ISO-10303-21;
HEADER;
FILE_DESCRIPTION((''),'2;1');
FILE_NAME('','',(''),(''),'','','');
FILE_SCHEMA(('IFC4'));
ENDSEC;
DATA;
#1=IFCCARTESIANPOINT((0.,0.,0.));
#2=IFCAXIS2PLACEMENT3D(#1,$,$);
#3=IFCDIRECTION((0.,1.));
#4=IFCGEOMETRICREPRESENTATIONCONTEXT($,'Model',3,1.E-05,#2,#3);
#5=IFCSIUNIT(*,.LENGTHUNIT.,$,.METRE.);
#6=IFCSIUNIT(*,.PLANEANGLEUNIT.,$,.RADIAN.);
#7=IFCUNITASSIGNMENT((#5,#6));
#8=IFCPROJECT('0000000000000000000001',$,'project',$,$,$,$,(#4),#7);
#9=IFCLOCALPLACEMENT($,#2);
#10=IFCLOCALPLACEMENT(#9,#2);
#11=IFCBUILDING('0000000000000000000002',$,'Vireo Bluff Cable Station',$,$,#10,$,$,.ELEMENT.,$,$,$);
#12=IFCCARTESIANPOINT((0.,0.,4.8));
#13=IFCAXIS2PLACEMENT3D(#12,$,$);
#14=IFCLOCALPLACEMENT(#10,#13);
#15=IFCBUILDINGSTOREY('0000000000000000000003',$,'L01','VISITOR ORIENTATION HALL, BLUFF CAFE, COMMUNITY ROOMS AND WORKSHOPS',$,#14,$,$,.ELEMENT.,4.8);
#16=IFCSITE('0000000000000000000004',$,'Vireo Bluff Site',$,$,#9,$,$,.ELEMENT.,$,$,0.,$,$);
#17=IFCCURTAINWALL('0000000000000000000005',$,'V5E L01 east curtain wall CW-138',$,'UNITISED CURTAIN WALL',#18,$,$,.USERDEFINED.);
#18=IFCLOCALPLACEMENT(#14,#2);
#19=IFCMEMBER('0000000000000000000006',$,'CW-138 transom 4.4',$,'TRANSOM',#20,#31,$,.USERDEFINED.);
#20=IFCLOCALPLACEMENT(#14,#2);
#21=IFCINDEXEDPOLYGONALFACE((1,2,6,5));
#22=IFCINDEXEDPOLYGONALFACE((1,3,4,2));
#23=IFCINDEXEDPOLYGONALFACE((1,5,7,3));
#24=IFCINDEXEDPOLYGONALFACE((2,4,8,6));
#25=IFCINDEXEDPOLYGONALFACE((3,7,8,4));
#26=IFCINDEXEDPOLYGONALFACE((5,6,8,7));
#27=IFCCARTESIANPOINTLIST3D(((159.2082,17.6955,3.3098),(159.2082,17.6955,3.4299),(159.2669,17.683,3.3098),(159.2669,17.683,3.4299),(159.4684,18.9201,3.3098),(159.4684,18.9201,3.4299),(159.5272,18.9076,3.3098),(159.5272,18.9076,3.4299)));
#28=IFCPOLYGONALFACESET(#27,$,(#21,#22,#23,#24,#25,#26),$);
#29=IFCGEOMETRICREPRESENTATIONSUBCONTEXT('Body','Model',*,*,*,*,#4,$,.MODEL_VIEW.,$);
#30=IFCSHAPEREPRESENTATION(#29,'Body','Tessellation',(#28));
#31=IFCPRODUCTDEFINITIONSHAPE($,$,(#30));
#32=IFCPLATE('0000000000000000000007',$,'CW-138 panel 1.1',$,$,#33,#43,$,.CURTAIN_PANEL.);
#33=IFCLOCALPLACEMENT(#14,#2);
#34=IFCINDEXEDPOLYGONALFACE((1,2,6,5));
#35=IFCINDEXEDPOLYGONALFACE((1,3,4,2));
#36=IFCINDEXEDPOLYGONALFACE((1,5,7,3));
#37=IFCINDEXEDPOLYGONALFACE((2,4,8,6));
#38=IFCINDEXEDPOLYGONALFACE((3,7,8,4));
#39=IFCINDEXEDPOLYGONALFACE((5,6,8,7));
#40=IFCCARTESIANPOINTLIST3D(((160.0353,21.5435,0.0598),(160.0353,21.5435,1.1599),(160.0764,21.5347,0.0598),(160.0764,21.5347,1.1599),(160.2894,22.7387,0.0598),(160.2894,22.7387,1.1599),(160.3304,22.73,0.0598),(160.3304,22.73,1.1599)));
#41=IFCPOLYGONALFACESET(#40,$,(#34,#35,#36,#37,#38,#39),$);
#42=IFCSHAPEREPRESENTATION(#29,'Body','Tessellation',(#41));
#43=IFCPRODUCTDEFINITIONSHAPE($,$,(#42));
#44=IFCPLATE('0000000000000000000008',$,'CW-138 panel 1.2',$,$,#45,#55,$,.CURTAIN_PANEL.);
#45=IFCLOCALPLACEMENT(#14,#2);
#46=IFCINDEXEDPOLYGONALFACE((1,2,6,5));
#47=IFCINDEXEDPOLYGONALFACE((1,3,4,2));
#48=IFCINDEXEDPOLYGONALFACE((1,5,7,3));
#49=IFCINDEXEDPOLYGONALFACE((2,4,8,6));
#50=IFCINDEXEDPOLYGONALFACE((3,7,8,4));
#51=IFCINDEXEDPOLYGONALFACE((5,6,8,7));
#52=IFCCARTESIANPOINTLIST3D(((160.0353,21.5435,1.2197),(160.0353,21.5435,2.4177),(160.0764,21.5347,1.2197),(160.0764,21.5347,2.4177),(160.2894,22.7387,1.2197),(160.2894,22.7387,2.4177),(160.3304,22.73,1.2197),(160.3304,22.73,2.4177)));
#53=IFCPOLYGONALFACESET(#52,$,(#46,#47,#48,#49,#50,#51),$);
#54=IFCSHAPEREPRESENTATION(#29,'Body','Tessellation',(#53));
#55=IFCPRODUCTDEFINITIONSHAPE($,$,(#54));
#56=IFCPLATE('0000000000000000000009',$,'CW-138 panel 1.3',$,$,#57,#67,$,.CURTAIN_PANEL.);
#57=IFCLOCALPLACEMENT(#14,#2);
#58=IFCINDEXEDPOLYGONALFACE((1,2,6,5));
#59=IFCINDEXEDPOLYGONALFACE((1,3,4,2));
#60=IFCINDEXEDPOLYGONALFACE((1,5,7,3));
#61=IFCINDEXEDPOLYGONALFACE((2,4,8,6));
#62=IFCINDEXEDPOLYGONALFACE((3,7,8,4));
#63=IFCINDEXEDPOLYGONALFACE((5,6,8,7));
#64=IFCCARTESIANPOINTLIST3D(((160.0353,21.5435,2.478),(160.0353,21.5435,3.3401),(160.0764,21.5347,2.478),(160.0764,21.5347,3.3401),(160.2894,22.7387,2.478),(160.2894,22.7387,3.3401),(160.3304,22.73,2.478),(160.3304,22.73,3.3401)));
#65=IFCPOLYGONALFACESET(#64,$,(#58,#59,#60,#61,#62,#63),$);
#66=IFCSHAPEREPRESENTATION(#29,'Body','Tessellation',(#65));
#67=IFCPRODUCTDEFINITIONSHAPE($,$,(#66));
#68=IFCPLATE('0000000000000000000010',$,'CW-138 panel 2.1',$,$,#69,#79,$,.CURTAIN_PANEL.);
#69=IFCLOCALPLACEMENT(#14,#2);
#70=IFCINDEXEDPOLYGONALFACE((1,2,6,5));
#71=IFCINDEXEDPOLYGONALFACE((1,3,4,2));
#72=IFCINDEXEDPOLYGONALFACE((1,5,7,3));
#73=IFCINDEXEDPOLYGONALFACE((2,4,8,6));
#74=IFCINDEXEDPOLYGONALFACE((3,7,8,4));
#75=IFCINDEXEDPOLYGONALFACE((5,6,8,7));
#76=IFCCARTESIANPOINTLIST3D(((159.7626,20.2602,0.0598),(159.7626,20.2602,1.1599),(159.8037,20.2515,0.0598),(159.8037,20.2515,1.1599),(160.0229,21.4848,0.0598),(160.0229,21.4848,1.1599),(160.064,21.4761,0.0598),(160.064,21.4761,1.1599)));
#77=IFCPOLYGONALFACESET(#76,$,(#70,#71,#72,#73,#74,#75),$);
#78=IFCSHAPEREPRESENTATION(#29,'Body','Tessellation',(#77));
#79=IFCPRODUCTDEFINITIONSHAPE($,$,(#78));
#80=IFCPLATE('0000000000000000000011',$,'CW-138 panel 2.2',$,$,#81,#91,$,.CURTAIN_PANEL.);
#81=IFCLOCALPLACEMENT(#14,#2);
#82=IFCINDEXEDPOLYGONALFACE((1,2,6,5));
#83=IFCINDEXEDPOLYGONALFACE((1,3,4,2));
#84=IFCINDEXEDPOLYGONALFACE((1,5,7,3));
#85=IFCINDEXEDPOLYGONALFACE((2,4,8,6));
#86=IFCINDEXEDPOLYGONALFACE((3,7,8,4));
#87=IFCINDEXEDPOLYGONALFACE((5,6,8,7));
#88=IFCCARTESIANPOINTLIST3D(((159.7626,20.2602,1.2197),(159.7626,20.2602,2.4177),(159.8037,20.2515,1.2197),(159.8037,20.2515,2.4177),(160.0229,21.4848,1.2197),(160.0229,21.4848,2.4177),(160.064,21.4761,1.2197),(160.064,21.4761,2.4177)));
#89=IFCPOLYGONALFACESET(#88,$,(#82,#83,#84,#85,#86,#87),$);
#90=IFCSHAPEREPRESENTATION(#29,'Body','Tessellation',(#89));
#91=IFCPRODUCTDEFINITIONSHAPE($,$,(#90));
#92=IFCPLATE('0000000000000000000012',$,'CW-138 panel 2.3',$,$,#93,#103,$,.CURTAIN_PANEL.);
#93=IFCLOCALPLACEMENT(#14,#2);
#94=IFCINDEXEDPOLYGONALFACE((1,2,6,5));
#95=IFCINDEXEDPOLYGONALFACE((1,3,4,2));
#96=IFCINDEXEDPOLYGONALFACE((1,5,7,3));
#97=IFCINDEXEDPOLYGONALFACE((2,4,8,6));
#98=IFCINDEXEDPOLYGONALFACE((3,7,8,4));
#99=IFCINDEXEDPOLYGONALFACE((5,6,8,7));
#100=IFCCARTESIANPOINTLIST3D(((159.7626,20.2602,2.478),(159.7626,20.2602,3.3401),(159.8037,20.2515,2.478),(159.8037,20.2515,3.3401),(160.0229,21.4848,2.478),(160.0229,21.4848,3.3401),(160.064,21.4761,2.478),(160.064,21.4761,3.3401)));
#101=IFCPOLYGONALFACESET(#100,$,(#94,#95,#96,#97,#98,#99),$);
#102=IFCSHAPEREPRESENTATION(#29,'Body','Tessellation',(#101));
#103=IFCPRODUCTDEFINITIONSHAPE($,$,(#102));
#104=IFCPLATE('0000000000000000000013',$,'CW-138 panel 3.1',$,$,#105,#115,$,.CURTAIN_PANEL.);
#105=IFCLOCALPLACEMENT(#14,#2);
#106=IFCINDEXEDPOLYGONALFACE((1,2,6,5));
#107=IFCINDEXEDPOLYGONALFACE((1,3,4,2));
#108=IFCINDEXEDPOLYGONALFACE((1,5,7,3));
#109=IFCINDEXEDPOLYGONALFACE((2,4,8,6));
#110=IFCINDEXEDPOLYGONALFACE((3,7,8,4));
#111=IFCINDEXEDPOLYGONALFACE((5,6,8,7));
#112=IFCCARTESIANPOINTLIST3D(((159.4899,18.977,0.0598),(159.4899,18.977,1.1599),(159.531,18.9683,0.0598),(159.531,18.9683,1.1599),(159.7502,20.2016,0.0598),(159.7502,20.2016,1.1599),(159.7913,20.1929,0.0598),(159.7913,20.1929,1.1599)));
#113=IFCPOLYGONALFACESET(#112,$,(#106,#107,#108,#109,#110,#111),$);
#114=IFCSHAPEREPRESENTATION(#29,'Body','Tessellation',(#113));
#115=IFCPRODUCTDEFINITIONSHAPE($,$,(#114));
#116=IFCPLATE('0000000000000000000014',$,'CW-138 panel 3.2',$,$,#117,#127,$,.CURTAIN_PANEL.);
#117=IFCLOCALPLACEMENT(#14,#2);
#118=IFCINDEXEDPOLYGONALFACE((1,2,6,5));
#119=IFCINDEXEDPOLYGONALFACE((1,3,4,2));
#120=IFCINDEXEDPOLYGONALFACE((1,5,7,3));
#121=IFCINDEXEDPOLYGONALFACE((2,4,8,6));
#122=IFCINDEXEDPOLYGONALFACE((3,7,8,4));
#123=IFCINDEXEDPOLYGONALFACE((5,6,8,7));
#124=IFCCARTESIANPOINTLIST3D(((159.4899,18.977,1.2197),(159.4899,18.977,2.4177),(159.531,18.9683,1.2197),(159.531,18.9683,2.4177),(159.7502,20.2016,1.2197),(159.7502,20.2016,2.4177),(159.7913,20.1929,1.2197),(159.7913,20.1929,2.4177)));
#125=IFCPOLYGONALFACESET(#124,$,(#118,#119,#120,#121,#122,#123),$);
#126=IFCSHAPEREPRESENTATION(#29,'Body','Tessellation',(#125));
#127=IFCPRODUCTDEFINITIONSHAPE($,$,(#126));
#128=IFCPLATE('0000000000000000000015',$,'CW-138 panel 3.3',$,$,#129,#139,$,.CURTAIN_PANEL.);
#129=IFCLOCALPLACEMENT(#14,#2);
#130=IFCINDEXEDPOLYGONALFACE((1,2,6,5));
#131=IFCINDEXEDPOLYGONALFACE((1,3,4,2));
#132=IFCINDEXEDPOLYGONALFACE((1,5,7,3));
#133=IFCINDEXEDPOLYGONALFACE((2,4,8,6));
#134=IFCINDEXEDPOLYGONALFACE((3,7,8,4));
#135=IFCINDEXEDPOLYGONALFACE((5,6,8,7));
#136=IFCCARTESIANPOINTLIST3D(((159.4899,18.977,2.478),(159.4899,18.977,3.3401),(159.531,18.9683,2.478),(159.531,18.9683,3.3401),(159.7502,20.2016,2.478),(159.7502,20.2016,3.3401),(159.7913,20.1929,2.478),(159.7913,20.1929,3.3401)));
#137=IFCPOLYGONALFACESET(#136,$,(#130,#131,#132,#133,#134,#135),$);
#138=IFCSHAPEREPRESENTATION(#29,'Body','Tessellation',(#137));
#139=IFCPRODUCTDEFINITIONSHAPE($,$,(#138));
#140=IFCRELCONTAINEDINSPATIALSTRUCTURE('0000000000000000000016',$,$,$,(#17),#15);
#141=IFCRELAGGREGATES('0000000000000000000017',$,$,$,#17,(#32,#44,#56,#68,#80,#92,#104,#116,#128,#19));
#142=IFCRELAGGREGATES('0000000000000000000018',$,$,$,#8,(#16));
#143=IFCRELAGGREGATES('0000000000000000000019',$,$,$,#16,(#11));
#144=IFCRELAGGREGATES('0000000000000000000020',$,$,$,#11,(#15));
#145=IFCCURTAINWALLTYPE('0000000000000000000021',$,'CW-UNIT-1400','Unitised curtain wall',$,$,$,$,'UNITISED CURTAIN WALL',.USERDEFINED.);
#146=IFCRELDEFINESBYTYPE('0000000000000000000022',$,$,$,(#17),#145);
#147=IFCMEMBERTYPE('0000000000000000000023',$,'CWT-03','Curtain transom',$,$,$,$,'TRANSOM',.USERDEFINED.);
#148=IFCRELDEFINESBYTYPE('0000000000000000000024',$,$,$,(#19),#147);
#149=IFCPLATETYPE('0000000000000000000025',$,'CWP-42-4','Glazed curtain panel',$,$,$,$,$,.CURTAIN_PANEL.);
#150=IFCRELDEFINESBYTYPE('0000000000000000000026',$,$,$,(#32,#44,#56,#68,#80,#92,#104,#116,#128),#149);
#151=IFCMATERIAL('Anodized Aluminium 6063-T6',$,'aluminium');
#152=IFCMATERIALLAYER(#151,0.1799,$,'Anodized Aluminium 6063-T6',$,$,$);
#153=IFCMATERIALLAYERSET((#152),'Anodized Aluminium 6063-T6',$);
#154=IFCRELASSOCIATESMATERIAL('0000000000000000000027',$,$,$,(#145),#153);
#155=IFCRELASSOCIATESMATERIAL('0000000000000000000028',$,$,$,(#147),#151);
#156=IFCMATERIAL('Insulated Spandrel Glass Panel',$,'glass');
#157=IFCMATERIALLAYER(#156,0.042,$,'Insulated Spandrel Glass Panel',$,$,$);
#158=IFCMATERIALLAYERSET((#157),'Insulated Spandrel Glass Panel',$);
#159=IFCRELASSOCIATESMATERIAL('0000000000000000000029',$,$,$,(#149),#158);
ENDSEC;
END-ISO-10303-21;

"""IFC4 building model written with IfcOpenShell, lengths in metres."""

from ifc_helpers import new_model, si_unit, direction, frame, origin, origin_2d, place, context, subcontext, project, spatial, rectangle, extrude, material, layer, layer_set, material_profile, profile_set, type_object, element, aggregate, save


model = new_model("IFC4")

# Units and contexts
model_context = context("Model", 3, precision=1e-05, world=origin(), true_north=direction((0.0, 1.0)))
body_context = subcontext(model_context, "Body", "Model", "MODEL_VIEW")
ifc_project = project(units=[si_unit("LENGTHUNIT", "METRE"), si_unit("PLANEANGLEUNIT", "RADIAN")], contexts=[model_context])

# Site, building, storey
site_placement = place(None, origin())
site = spatial("IfcSite", under=ifc_project, at=site_placement, Name="Vireo Bluff Site", CompositionType="ELEMENT", RefElevation=0.0)
building_placement = place(site_placement, origin())
building = spatial("IfcBuilding", under=site, at=building_placement, Name="Vireo Bluff Cable Station", CompositionType="ELEMENT")
storey_placement = place(building_placement, frame((0.0, 0.0, 4.8)))
storey = spatial("IfcBuildingStorey", under=building, at=storey_placement, Name="L01", Description="VISITOR ORIENTATION HALL, BLUFF CAFE, COMMUNITY ROOMS AND WORKSHOPS", CompositionType="ELEMENT", Elevation=4.8)

# Curtain wall, member, plates
ifc_material_1 = material(Name="Anodized Aluminium 6063-T6", Category="aluminium")
ifc_layer_1 = layer(ifc_material_1, 0.1799, Name="Anodized Aluminium 6063-T6")
ifc_layer_set_1 = layer_set([ifc_layer_1], Name="Anodized Aluminium 6063-T6")
curtain_wall_type = type_object("IfcCurtainWallType", Name="CW-UNIT-1400", Description="Unitised curtain wall", ElementType="UNITISED CURTAIN WALL", PredefinedType="USERDEFINED", material=ifc_layer_set_1)
curtain_wall_placement = place(storey_placement, origin())
curtain_wall = element("IfcCurtainWall", 1, at=curtain_wall_placement, inside=storey, type_object=curtain_wall_type, Name="V5E L01 east curtain wall CW-138", ObjectType="UNITISED CURTAIN WALL", PredefinedType="USERDEFINED")
ifc_material_profile_1 = material_profile(ifc_material_1, rectangle(XDim=0.0601, YDim=0.1201, at=origin_2d()), Name="ALU-T-60X120")
ifc_profile_set_1 = profile_set([ifc_material_profile_1], Name="Anodized Aluminium 6063-T6")
member_type_1 = type_object("IfcMemberType", Name="CWT-03", Description="Curtain transom", ElementType="TRANSOM", PredefinedType="USERDEFINED", material=ifc_profile_set_1)
member_1_placement = place(storey_placement, frame((159.4978, 18.9138, 3.3699), z_axis=(-0.207877, -0.978155, 0.0), x_axis=(0.978155, -0.207877, 0.0)))
member_1 = element("IfcMember", 2, at=member_1_placement, type_object=member_type_1, Name="CW-138 transom 4.4", ObjectType="TRANSOM", PredefinedType="USERDEFINED", context=body_context, shape_type="SweptSolid", body=[
    extrude(rectangle(XDim=0.0601, YDim=0.1201, at=origin_2d()), origin(), (0.0, 0.0, 1.0), 1.252),
])
ifc_material_2 = material(Name="Insulated Spandrel Glass Panel", Category="glass")
ifc_layer_2 = layer(ifc_material_2, 0.042, Name="Insulated Spandrel Glass Panel")
ifc_layer_set_2 = layer_set([ifc_layer_2], Name="Insulated Spandrel Glass Panel")
plate_type = type_object("IfcPlateType", Name="CWP-42-4", Description="Glazed curtain panel", PredefinedType="CURTAIN_PANEL", material=ifc_layer_set_2)
plate_1_placement = place(storey_placement, frame((160.1829, 22.1367, 0.0598), z_axis=(0.0, 0.0, 1.0), x_axis=(-0.207912, -0.978148, 0.0)))
plate_1 = element("IfcPlate", 3, at=plate_1_placement, type_object=plate_type, Name="CW-138 panel 1.1", PredefinedType="CURTAIN_PANEL", context=body_context, shape_type="SweptSolid", body=[
    extrude(rectangle(XDim=1.2219, YDim=0.042, at=origin_2d()), origin(), (0.0, 0.0, 1.0), 1.1001),
])
plate_2_placement = place(storey_placement, frame((160.1829, 22.1367, 1.2197), z_axis=(0.0, 0.0, 1.0), x_axis=(-0.207912, -0.978148, 0.0)))
plate_2 = element("IfcPlate", 4, at=plate_2_placement, type_object=plate_type, Name="CW-138 panel 1.2", PredefinedType="CURTAIN_PANEL", context=body_context, shape_type="SweptSolid", body=[
    extrude(rectangle(XDim=1.2219, YDim=0.042, at=origin_2d()), origin(), (0.0, 0.0, 1.0), 1.198),
])
plate_3_placement = place(storey_placement, frame((160.1829, 22.1367, 2.478), z_axis=(0.0, 0.0, 1.0), x_axis=(-0.207912, -0.978148, 0.0)))
plate_3 = element("IfcPlate", 5, at=plate_3_placement, type_object=plate_type, Name="CW-138 panel 1.3", PredefinedType="CURTAIN_PANEL", context=body_context, shape_type="SweptSolid", body=[
    extrude(rectangle(XDim=1.2219, YDim=0.042, at=origin_2d()), origin(), (0.0, 0.0, 1.0), 0.8621),
])
plate_4_placement = place(storey_placement, frame((159.9133, 20.8682, 0.0598), z_axis=(0.0, 0.0, 1.0), x_axis=(-0.207912, -0.978148, 0.0)))
plate_4 = element("IfcPlate", 6, at=plate_4_placement, type_object=plate_type, Name="CW-138 panel 2.1", PredefinedType="CURTAIN_PANEL", context=body_context, shape_type="SweptSolid", body=[
    extrude(rectangle(XDim=1.252, YDim=0.042, at=origin_2d()), origin(), (0.0, 0.0, 1.0), 1.1001),
])
plate_5_placement = place(storey_placement, frame((159.9133, 20.8682, 1.2197), z_axis=(0.0, 0.0, 1.0), x_axis=(-0.207912, -0.978148, 0.0)))
plate_5 = element("IfcPlate", 7, at=plate_5_placement, type_object=plate_type, Name="CW-138 panel 2.2", PredefinedType="CURTAIN_PANEL", context=body_context, shape_type="SweptSolid", body=[
    extrude(rectangle(XDim=1.252, YDim=0.042, at=origin_2d()), origin(), (0.0, 0.0, 1.0), 1.198),
])
plate_6_placement = place(storey_placement, frame((159.9133, 20.8682, 2.478), z_axis=(0.0, 0.0, 1.0), x_axis=(-0.207912, -0.978148, 0.0)))
plate_6 = element("IfcPlate", 8, at=plate_6_placement, type_object=plate_type, Name="CW-138 panel 2.3", PredefinedType="CURTAIN_PANEL", context=body_context, shape_type="SweptSolid", body=[
    extrude(rectangle(XDim=1.252, YDim=0.042, at=origin_2d()), origin(), (0.0, 0.0, 1.0), 0.8621),
])
plate_7_placement = place(storey_placement, frame((159.6406, 19.585, 0.0598), z_axis=(0.0, 0.0, 1.0), x_axis=(-0.207912, -0.978148, 0.0)))
plate_7 = element("IfcPlate", 9, at=plate_7_placement, type_object=plate_type, Name="CW-138 panel 3.1", PredefinedType="CURTAIN_PANEL", context=body_context, shape_type="SweptSolid", body=[
    extrude(rectangle(XDim=1.252, YDim=0.042, at=origin_2d()), origin(), (0.0, 0.0, 1.0), 1.1001),
])
plate_8_placement = place(storey_placement, frame((159.6406, 19.585, 1.2197), z_axis=(0.0, 0.0, 1.0), x_axis=(-0.207912, -0.978148, 0.0)))
plate_8 = element("IfcPlate", 10, at=plate_8_placement, type_object=plate_type, Name="CW-138 panel 3.2", PredefinedType="CURTAIN_PANEL", context=body_context, shape_type="SweptSolid", body=[
    extrude(rectangle(XDim=1.252, YDim=0.042, at=origin_2d()), origin(), (0.0, 0.0, 1.0), 1.198),
])
plate_9_placement = place(storey_placement, frame((159.6406, 19.585, 2.478), z_axis=(0.0, 0.0, 1.0), x_axis=(-0.207912, -0.978148, 0.0)))
plate_9 = element("IfcPlate", 11, at=plate_9_placement, type_object=plate_type, Name="CW-138 panel 3.3", PredefinedType="CURTAIN_PANEL", context=body_context, shape_type="SweptSolid", body=[
    extrude(rectangle(XDim=1.252, YDim=0.042, at=origin_2d()), origin(), (0.0, 0.0, 1.0), 0.8621),
])
aggregate(curtain_wall, [plate_1, plate_2, plate_3, plate_4, plate_5, plate_6, plate_7, plate_8, plate_9, member_1])

save(model, "model.ifc")
